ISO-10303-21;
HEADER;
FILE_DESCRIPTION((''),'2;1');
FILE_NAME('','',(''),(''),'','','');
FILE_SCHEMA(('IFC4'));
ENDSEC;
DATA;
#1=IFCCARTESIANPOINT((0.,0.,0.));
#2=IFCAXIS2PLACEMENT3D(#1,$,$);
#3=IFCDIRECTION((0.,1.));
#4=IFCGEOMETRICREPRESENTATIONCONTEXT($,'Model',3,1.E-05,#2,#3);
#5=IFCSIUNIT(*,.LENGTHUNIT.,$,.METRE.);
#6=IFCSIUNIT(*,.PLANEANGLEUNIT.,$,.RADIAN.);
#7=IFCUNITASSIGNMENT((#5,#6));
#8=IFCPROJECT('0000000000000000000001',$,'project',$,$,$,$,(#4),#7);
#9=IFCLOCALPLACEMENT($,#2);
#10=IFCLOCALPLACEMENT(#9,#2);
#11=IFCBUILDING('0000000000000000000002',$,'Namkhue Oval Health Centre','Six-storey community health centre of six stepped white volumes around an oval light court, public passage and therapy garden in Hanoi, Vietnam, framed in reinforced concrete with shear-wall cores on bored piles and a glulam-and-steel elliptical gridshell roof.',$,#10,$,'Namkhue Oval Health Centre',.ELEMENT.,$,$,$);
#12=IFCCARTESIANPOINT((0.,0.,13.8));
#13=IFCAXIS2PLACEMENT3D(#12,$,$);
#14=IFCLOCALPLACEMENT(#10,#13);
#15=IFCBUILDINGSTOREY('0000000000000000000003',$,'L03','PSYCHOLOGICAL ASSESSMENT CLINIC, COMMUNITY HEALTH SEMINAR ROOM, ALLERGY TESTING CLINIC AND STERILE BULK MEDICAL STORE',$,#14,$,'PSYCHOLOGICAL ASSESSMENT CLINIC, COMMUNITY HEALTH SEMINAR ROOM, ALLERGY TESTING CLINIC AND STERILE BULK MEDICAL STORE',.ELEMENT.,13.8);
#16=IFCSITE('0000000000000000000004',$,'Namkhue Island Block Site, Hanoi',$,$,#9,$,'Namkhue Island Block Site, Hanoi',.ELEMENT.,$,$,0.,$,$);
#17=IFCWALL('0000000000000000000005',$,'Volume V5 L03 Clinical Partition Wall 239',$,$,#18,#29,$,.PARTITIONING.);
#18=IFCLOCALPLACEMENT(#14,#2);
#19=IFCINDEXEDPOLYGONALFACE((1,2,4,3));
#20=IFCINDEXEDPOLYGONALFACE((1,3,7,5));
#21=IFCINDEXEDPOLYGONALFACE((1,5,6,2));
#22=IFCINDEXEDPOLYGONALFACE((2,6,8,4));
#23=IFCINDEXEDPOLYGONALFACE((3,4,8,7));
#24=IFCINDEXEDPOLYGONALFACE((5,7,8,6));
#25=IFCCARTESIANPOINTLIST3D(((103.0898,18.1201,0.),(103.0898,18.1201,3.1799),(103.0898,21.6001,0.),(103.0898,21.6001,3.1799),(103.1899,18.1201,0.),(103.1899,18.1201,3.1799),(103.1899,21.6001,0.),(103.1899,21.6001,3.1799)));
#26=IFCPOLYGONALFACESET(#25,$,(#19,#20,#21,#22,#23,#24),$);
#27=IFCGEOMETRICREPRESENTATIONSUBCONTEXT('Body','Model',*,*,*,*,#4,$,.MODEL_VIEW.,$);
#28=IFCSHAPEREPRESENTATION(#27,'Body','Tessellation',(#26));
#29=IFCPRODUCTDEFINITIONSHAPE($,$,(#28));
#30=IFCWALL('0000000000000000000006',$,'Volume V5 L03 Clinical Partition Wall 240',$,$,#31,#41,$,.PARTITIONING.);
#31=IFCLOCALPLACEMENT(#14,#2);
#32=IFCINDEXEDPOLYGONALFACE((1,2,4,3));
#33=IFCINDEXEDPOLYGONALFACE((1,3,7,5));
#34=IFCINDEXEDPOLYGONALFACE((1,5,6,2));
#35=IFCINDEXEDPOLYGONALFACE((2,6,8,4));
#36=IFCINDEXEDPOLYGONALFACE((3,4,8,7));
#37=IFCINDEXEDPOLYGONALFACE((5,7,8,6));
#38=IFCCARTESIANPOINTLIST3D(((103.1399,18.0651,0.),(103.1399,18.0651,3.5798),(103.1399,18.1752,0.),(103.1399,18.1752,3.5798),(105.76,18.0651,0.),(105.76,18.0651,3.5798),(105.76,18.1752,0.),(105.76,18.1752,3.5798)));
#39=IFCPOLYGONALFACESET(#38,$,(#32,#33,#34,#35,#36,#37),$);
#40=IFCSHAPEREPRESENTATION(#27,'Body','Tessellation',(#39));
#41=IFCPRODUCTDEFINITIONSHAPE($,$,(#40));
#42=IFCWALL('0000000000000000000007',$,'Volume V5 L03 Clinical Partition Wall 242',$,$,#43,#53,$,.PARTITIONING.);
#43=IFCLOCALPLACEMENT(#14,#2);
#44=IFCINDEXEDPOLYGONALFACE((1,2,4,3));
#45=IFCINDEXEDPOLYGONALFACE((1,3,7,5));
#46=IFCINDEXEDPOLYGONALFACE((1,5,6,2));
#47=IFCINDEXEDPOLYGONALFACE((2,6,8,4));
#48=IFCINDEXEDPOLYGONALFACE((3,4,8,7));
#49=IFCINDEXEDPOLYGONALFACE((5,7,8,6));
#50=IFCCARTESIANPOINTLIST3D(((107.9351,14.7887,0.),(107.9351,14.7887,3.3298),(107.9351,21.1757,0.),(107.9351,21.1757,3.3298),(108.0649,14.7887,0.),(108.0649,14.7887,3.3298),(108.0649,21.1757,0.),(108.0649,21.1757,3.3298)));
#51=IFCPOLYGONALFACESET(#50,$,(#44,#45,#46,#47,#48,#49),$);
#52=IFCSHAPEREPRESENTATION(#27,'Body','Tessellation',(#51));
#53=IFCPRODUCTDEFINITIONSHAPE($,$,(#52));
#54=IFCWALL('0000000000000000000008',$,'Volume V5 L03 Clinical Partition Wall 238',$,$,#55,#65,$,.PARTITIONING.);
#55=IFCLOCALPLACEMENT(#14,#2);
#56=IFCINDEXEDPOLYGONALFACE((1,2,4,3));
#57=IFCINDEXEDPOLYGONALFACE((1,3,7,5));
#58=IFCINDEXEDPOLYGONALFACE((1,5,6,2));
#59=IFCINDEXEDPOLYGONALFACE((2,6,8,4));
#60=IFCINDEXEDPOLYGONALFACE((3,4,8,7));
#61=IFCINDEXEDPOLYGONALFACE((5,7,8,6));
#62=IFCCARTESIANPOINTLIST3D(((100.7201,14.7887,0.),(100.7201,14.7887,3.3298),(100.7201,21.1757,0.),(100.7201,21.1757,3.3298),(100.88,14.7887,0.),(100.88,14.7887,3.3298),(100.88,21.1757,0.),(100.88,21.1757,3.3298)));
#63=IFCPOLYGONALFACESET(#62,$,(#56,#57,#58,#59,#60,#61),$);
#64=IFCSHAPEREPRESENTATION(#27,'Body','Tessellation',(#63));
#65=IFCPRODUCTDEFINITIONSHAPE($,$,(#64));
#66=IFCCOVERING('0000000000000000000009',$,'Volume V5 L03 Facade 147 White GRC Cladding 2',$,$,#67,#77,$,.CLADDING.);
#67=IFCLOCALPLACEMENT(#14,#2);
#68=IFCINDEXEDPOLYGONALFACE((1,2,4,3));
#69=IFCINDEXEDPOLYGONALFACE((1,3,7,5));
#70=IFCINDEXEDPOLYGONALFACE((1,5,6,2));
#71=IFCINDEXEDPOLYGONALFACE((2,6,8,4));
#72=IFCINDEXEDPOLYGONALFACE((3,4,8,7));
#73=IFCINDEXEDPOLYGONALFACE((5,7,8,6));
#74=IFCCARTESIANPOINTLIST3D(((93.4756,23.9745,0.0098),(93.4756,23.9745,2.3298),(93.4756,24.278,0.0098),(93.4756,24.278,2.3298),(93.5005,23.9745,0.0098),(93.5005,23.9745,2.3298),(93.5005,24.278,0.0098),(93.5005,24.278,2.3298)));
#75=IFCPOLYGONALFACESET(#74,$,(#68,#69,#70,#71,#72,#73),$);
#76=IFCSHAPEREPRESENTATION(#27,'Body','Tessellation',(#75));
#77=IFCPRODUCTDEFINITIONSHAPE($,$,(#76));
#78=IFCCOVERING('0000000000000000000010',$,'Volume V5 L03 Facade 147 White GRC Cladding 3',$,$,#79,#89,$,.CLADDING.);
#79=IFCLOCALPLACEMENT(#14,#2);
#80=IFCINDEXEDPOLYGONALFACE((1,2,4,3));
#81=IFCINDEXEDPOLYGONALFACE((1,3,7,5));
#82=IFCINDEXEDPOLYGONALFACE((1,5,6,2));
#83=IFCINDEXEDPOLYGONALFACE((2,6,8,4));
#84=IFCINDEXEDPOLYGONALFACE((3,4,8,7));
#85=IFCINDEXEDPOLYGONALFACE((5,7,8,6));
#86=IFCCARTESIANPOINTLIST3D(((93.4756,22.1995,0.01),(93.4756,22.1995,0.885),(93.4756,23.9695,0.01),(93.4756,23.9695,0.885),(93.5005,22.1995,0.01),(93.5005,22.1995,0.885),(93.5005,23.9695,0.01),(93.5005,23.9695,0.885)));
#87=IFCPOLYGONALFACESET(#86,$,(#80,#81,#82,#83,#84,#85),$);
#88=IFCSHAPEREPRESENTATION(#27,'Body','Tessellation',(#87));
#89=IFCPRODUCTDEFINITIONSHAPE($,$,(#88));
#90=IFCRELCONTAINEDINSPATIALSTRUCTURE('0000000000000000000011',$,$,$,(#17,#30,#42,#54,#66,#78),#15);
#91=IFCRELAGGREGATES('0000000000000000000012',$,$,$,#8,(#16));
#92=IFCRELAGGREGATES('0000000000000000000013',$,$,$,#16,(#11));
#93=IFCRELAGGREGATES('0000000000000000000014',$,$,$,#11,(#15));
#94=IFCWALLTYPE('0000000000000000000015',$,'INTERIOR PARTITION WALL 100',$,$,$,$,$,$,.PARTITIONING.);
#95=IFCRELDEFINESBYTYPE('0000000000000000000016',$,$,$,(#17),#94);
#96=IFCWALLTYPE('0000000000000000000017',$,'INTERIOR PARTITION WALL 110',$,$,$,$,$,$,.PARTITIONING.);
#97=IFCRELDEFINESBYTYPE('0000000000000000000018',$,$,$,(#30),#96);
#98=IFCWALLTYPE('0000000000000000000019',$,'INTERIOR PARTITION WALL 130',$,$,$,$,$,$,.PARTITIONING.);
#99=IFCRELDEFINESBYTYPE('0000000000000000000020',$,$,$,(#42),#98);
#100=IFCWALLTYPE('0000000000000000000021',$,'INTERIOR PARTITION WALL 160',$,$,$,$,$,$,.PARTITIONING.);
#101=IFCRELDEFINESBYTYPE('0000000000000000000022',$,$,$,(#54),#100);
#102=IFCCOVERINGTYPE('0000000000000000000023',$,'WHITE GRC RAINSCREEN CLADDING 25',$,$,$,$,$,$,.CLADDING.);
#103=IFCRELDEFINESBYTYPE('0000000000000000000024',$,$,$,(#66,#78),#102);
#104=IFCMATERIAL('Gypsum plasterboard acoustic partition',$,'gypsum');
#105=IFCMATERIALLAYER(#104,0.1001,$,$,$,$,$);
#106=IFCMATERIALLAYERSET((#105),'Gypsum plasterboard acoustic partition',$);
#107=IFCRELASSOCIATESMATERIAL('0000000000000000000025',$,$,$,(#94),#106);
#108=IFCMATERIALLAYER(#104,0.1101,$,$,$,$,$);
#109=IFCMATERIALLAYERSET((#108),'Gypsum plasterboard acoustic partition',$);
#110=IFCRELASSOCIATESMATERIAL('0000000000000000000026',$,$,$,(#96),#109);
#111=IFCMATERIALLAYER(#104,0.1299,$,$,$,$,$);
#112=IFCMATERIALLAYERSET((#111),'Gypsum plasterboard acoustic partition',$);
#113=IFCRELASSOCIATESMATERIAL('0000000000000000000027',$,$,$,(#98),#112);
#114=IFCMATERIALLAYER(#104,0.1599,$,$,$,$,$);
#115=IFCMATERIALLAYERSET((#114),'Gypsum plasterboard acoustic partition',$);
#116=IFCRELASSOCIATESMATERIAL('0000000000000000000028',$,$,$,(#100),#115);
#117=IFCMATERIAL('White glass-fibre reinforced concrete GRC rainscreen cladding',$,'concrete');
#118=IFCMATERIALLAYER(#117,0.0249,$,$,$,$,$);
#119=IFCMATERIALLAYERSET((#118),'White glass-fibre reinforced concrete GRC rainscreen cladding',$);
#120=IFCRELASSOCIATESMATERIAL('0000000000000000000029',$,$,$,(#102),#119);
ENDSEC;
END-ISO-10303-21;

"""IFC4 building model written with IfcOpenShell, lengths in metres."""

from ifc_helpers import new_model, si_unit, direction, frame, frame_2d, origin, origin_2d, place, context, subcontext, project, spatial, rectangle, extrude, material, layer, layer_set, type_object, element, save


model = new_model("IFC4")

# Units and contexts
model_context = context("Model", 3, precision=1e-05, world=origin(), true_north=direction((0.0, 1.0)))
body_context = subcontext(model_context, "Body", "Model", "MODEL_VIEW")
ifc_project = project(units=[si_unit("LENGTHUNIT", "METRE"), si_unit("PLANEANGLEUNIT", "RADIAN")], contexts=[model_context])

# Site, building, storey
site_placement = place(None, origin())
site = spatial("IfcSite", under=ifc_project, at=site_placement, Name="Namkhue Island Block Site, Hanoi", LongName="Namkhue Island Block Site, Hanoi", CompositionType="ELEMENT", RefElevation=0.0)
building_placement = place(site_placement, origin())
building = spatial("IfcBuilding", under=site, at=building_placement, Name="Namkhue Oval Health Centre", Description="Six-storey community health centre of six stepped white volumes around an oval light court, public passage and therapy garden in Hanoi, Vietnam, framed in reinforced concrete with shear-wall cores on bored piles and a glulam-and-steel elliptical gridshell roof.", LongName="Namkhue Oval Health Centre", CompositionType="ELEMENT")
storey_placement = place(building_placement, frame((0.0, 0.0, 13.8)))
storey = spatial("IfcBuildingStorey", under=building, at=storey_placement, Name="L03", Description="PSYCHOLOGICAL ASSESSMENT CLINIC, COMMUNITY HEALTH SEMINAR ROOM, ALLERGY TESTING CLINIC AND STERILE BULK MEDICAL STORE", LongName="PSYCHOLOGICAL ASSESSMENT CLINIC, COMMUNITY HEALTH SEMINAR ROOM, ALLERGY TESTING CLINIC AND STERILE BULK MEDICAL STORE", CompositionType="ELEMENT", Elevation=13.8)

# Walls
ifc_material_1 = material(Name="Gypsum plasterboard acoustic partition", Category="gypsum")
ifc_layer_1 = layer(ifc_material_1, 0.1001)
ifc_layer_set_1 = layer_set([ifc_layer_1], Name="Gypsum plasterboard acoustic partition")
wall_type_1 = type_object("IfcWallType", Name="INTERIOR PARTITION WALL 100", PredefinedType="PARTITIONING", material=ifc_layer_set_1)
wall_1_placement = place(storey_placement, frame((103.1399, 18.1201, 0.0), z_axis=(0.0, 0.0, 1.0), x_axis=(0.0, 1.0, 0.0)))
element("IfcWall", 1, at=wall_1_placement, inside=storey, type_object=wall_type_1, Name="Volume V5 L03 Clinical Partition Wall 239", PredefinedType="PARTITIONING", context=body_context, shape_type="SweptSolid", body=[
    extrude(rectangle(XDim=3.48, YDim=0.1001, at=frame_2d((1.74, 0.0))), origin(), (0.0, 0.0, 1.0), 3.1799),
])
ifc_layer_2 = layer(ifc_material_1, 0.1101)
ifc_layer_set_2 = layer_set([ifc_layer_2], Name="Gypsum plasterboard acoustic partition")
wall_type_2 = type_object("IfcWallType", Name="INTERIOR PARTITION WALL 110", PredefinedType="PARTITIONING", material=ifc_layer_set_2)
wall_2_placement = place(storey_placement, frame((103.1399, 18.1201, 0.0), z_axis=(0.0, 0.0, 1.0), x_axis=(1.0, 0.0, 0.0)))
element("IfcWall", 2, at=wall_2_placement, inside=storey, type_object=wall_type_2, Name="Volume V5 L03 Clinical Partition Wall 240", PredefinedType="PARTITIONING", context=body_context, shape_type="SweptSolid", body=[
    extrude(rectangle(XDim=2.6201, YDim=0.1101, at=frame_2d((1.3101, 0.0))), origin(), (0.0, 0.0, 1.0), 3.5798),
])
ifc_layer_3 = layer(ifc_material_1, 0.1299)
ifc_layer_set_3 = layer_set([ifc_layer_3], Name="Gypsum plasterboard acoustic partition")
wall_type_3 = type_object("IfcWallType", Name="INTERIOR PARTITION WALL 130", PredefinedType="PARTITIONING", material=ifc_layer_set_3)
wall_3_placement = place(storey_placement, frame((108.0, 14.7888, 0.0), z_axis=(0.0, 0.0, 1.0), x_axis=(0.0, 1.0, 0.0)))
element("IfcWall", 3, at=wall_3_placement, inside=storey, type_object=wall_type_3, Name="Volume V5 L03 Clinical Partition Wall 242", PredefinedType="PARTITIONING", context=body_context, shape_type="SweptSolid", body=[
    extrude(rectangle(XDim=6.387, YDim=0.1299, at=frame_2d((3.1934, 0.0))), origin(), (0.0, 0.0, 1.0), 3.3298),
])
ifc_layer_4 = layer(ifc_material_1, 0.1599)
ifc_layer_set_4 = layer_set([ifc_layer_4], Name="Gypsum plasterboard acoustic partition")
wall_type_4 = type_object("IfcWallType", Name="INTERIOR PARTITION WALL 160", PredefinedType="PARTITIONING", material=ifc_layer_set_4)
wall_4_placement = place(storey_placement, frame((100.8, 14.7888, 0.0), z_axis=(0.0, 0.0, 1.0), x_axis=(0.0, 1.0, 0.0)))
element("IfcWall", 4, at=wall_4_placement, inside=storey, type_object=wall_type_4, Name="Volume V5 L03 Clinical Partition Wall 238", PredefinedType="PARTITIONING", context=body_context, shape_type="SweptSolid", body=[
    extrude(rectangle(XDim=6.387, YDim=0.1599, at=frame_2d((3.1934, 0.0))), origin(), (0.0, 0.0, 1.0), 3.3298),
])

# Coverings
ifc_material_2 = material(Name="White glass-fibre reinforced concrete GRC rainscreen cladding", Category="concrete")
ifc_layer_5 = layer(ifc_material_2, 0.0249)
ifc_layer_set_5 = layer_set([ifc_layer_5], Name="White glass-fibre reinforced concrete GRC rainscreen cladding")
covering_type = type_object("IfcCoveringType", Name="WHITE GRC RAINSCREEN CLADDING 25", PredefinedType="CLADDING", material=ifc_layer_set_5)
covering_1_placement = place(storey_placement, frame((93.488, 24.1262, 0.0098), z_axis=(0.0, 0.0, 1.0), x_axis=(0.0, -1.0, 0.0)))
element("IfcCovering", 5, at=covering_1_placement, inside=storey, type_object=covering_type, Name="Volume V5 L03 Facade 147 White GRC Cladding 2", PredefinedType="CLADDING", context=body_context, shape_type="SweptSolid", body=[
    extrude(rectangle(XDim=0.3035, YDim=0.0249, at=origin_2d()), origin(), (0.0, 0.0, 1.0), 2.3201),
])
covering_2_placement = place(storey_placement, frame((93.488, 23.0845, 0.01), z_axis=(0.0, 0.0, 1.0), x_axis=(0.0, -1.0, 0.0)))
element("IfcCovering", 6, at=covering_2_placement, inside=storey, type_object=covering_type, Name="Volume V5 L03 Facade 147 White GRC Cladding 3", PredefinedType="CLADDING", context=body_context, shape_type="SweptSolid", body=[
    extrude(rectangle(XDim=1.77, YDim=0.0249, at=origin_2d()), origin(), (0.0, 0.0, 1.0), 0.875),
])

save(model, "model.ifc")
